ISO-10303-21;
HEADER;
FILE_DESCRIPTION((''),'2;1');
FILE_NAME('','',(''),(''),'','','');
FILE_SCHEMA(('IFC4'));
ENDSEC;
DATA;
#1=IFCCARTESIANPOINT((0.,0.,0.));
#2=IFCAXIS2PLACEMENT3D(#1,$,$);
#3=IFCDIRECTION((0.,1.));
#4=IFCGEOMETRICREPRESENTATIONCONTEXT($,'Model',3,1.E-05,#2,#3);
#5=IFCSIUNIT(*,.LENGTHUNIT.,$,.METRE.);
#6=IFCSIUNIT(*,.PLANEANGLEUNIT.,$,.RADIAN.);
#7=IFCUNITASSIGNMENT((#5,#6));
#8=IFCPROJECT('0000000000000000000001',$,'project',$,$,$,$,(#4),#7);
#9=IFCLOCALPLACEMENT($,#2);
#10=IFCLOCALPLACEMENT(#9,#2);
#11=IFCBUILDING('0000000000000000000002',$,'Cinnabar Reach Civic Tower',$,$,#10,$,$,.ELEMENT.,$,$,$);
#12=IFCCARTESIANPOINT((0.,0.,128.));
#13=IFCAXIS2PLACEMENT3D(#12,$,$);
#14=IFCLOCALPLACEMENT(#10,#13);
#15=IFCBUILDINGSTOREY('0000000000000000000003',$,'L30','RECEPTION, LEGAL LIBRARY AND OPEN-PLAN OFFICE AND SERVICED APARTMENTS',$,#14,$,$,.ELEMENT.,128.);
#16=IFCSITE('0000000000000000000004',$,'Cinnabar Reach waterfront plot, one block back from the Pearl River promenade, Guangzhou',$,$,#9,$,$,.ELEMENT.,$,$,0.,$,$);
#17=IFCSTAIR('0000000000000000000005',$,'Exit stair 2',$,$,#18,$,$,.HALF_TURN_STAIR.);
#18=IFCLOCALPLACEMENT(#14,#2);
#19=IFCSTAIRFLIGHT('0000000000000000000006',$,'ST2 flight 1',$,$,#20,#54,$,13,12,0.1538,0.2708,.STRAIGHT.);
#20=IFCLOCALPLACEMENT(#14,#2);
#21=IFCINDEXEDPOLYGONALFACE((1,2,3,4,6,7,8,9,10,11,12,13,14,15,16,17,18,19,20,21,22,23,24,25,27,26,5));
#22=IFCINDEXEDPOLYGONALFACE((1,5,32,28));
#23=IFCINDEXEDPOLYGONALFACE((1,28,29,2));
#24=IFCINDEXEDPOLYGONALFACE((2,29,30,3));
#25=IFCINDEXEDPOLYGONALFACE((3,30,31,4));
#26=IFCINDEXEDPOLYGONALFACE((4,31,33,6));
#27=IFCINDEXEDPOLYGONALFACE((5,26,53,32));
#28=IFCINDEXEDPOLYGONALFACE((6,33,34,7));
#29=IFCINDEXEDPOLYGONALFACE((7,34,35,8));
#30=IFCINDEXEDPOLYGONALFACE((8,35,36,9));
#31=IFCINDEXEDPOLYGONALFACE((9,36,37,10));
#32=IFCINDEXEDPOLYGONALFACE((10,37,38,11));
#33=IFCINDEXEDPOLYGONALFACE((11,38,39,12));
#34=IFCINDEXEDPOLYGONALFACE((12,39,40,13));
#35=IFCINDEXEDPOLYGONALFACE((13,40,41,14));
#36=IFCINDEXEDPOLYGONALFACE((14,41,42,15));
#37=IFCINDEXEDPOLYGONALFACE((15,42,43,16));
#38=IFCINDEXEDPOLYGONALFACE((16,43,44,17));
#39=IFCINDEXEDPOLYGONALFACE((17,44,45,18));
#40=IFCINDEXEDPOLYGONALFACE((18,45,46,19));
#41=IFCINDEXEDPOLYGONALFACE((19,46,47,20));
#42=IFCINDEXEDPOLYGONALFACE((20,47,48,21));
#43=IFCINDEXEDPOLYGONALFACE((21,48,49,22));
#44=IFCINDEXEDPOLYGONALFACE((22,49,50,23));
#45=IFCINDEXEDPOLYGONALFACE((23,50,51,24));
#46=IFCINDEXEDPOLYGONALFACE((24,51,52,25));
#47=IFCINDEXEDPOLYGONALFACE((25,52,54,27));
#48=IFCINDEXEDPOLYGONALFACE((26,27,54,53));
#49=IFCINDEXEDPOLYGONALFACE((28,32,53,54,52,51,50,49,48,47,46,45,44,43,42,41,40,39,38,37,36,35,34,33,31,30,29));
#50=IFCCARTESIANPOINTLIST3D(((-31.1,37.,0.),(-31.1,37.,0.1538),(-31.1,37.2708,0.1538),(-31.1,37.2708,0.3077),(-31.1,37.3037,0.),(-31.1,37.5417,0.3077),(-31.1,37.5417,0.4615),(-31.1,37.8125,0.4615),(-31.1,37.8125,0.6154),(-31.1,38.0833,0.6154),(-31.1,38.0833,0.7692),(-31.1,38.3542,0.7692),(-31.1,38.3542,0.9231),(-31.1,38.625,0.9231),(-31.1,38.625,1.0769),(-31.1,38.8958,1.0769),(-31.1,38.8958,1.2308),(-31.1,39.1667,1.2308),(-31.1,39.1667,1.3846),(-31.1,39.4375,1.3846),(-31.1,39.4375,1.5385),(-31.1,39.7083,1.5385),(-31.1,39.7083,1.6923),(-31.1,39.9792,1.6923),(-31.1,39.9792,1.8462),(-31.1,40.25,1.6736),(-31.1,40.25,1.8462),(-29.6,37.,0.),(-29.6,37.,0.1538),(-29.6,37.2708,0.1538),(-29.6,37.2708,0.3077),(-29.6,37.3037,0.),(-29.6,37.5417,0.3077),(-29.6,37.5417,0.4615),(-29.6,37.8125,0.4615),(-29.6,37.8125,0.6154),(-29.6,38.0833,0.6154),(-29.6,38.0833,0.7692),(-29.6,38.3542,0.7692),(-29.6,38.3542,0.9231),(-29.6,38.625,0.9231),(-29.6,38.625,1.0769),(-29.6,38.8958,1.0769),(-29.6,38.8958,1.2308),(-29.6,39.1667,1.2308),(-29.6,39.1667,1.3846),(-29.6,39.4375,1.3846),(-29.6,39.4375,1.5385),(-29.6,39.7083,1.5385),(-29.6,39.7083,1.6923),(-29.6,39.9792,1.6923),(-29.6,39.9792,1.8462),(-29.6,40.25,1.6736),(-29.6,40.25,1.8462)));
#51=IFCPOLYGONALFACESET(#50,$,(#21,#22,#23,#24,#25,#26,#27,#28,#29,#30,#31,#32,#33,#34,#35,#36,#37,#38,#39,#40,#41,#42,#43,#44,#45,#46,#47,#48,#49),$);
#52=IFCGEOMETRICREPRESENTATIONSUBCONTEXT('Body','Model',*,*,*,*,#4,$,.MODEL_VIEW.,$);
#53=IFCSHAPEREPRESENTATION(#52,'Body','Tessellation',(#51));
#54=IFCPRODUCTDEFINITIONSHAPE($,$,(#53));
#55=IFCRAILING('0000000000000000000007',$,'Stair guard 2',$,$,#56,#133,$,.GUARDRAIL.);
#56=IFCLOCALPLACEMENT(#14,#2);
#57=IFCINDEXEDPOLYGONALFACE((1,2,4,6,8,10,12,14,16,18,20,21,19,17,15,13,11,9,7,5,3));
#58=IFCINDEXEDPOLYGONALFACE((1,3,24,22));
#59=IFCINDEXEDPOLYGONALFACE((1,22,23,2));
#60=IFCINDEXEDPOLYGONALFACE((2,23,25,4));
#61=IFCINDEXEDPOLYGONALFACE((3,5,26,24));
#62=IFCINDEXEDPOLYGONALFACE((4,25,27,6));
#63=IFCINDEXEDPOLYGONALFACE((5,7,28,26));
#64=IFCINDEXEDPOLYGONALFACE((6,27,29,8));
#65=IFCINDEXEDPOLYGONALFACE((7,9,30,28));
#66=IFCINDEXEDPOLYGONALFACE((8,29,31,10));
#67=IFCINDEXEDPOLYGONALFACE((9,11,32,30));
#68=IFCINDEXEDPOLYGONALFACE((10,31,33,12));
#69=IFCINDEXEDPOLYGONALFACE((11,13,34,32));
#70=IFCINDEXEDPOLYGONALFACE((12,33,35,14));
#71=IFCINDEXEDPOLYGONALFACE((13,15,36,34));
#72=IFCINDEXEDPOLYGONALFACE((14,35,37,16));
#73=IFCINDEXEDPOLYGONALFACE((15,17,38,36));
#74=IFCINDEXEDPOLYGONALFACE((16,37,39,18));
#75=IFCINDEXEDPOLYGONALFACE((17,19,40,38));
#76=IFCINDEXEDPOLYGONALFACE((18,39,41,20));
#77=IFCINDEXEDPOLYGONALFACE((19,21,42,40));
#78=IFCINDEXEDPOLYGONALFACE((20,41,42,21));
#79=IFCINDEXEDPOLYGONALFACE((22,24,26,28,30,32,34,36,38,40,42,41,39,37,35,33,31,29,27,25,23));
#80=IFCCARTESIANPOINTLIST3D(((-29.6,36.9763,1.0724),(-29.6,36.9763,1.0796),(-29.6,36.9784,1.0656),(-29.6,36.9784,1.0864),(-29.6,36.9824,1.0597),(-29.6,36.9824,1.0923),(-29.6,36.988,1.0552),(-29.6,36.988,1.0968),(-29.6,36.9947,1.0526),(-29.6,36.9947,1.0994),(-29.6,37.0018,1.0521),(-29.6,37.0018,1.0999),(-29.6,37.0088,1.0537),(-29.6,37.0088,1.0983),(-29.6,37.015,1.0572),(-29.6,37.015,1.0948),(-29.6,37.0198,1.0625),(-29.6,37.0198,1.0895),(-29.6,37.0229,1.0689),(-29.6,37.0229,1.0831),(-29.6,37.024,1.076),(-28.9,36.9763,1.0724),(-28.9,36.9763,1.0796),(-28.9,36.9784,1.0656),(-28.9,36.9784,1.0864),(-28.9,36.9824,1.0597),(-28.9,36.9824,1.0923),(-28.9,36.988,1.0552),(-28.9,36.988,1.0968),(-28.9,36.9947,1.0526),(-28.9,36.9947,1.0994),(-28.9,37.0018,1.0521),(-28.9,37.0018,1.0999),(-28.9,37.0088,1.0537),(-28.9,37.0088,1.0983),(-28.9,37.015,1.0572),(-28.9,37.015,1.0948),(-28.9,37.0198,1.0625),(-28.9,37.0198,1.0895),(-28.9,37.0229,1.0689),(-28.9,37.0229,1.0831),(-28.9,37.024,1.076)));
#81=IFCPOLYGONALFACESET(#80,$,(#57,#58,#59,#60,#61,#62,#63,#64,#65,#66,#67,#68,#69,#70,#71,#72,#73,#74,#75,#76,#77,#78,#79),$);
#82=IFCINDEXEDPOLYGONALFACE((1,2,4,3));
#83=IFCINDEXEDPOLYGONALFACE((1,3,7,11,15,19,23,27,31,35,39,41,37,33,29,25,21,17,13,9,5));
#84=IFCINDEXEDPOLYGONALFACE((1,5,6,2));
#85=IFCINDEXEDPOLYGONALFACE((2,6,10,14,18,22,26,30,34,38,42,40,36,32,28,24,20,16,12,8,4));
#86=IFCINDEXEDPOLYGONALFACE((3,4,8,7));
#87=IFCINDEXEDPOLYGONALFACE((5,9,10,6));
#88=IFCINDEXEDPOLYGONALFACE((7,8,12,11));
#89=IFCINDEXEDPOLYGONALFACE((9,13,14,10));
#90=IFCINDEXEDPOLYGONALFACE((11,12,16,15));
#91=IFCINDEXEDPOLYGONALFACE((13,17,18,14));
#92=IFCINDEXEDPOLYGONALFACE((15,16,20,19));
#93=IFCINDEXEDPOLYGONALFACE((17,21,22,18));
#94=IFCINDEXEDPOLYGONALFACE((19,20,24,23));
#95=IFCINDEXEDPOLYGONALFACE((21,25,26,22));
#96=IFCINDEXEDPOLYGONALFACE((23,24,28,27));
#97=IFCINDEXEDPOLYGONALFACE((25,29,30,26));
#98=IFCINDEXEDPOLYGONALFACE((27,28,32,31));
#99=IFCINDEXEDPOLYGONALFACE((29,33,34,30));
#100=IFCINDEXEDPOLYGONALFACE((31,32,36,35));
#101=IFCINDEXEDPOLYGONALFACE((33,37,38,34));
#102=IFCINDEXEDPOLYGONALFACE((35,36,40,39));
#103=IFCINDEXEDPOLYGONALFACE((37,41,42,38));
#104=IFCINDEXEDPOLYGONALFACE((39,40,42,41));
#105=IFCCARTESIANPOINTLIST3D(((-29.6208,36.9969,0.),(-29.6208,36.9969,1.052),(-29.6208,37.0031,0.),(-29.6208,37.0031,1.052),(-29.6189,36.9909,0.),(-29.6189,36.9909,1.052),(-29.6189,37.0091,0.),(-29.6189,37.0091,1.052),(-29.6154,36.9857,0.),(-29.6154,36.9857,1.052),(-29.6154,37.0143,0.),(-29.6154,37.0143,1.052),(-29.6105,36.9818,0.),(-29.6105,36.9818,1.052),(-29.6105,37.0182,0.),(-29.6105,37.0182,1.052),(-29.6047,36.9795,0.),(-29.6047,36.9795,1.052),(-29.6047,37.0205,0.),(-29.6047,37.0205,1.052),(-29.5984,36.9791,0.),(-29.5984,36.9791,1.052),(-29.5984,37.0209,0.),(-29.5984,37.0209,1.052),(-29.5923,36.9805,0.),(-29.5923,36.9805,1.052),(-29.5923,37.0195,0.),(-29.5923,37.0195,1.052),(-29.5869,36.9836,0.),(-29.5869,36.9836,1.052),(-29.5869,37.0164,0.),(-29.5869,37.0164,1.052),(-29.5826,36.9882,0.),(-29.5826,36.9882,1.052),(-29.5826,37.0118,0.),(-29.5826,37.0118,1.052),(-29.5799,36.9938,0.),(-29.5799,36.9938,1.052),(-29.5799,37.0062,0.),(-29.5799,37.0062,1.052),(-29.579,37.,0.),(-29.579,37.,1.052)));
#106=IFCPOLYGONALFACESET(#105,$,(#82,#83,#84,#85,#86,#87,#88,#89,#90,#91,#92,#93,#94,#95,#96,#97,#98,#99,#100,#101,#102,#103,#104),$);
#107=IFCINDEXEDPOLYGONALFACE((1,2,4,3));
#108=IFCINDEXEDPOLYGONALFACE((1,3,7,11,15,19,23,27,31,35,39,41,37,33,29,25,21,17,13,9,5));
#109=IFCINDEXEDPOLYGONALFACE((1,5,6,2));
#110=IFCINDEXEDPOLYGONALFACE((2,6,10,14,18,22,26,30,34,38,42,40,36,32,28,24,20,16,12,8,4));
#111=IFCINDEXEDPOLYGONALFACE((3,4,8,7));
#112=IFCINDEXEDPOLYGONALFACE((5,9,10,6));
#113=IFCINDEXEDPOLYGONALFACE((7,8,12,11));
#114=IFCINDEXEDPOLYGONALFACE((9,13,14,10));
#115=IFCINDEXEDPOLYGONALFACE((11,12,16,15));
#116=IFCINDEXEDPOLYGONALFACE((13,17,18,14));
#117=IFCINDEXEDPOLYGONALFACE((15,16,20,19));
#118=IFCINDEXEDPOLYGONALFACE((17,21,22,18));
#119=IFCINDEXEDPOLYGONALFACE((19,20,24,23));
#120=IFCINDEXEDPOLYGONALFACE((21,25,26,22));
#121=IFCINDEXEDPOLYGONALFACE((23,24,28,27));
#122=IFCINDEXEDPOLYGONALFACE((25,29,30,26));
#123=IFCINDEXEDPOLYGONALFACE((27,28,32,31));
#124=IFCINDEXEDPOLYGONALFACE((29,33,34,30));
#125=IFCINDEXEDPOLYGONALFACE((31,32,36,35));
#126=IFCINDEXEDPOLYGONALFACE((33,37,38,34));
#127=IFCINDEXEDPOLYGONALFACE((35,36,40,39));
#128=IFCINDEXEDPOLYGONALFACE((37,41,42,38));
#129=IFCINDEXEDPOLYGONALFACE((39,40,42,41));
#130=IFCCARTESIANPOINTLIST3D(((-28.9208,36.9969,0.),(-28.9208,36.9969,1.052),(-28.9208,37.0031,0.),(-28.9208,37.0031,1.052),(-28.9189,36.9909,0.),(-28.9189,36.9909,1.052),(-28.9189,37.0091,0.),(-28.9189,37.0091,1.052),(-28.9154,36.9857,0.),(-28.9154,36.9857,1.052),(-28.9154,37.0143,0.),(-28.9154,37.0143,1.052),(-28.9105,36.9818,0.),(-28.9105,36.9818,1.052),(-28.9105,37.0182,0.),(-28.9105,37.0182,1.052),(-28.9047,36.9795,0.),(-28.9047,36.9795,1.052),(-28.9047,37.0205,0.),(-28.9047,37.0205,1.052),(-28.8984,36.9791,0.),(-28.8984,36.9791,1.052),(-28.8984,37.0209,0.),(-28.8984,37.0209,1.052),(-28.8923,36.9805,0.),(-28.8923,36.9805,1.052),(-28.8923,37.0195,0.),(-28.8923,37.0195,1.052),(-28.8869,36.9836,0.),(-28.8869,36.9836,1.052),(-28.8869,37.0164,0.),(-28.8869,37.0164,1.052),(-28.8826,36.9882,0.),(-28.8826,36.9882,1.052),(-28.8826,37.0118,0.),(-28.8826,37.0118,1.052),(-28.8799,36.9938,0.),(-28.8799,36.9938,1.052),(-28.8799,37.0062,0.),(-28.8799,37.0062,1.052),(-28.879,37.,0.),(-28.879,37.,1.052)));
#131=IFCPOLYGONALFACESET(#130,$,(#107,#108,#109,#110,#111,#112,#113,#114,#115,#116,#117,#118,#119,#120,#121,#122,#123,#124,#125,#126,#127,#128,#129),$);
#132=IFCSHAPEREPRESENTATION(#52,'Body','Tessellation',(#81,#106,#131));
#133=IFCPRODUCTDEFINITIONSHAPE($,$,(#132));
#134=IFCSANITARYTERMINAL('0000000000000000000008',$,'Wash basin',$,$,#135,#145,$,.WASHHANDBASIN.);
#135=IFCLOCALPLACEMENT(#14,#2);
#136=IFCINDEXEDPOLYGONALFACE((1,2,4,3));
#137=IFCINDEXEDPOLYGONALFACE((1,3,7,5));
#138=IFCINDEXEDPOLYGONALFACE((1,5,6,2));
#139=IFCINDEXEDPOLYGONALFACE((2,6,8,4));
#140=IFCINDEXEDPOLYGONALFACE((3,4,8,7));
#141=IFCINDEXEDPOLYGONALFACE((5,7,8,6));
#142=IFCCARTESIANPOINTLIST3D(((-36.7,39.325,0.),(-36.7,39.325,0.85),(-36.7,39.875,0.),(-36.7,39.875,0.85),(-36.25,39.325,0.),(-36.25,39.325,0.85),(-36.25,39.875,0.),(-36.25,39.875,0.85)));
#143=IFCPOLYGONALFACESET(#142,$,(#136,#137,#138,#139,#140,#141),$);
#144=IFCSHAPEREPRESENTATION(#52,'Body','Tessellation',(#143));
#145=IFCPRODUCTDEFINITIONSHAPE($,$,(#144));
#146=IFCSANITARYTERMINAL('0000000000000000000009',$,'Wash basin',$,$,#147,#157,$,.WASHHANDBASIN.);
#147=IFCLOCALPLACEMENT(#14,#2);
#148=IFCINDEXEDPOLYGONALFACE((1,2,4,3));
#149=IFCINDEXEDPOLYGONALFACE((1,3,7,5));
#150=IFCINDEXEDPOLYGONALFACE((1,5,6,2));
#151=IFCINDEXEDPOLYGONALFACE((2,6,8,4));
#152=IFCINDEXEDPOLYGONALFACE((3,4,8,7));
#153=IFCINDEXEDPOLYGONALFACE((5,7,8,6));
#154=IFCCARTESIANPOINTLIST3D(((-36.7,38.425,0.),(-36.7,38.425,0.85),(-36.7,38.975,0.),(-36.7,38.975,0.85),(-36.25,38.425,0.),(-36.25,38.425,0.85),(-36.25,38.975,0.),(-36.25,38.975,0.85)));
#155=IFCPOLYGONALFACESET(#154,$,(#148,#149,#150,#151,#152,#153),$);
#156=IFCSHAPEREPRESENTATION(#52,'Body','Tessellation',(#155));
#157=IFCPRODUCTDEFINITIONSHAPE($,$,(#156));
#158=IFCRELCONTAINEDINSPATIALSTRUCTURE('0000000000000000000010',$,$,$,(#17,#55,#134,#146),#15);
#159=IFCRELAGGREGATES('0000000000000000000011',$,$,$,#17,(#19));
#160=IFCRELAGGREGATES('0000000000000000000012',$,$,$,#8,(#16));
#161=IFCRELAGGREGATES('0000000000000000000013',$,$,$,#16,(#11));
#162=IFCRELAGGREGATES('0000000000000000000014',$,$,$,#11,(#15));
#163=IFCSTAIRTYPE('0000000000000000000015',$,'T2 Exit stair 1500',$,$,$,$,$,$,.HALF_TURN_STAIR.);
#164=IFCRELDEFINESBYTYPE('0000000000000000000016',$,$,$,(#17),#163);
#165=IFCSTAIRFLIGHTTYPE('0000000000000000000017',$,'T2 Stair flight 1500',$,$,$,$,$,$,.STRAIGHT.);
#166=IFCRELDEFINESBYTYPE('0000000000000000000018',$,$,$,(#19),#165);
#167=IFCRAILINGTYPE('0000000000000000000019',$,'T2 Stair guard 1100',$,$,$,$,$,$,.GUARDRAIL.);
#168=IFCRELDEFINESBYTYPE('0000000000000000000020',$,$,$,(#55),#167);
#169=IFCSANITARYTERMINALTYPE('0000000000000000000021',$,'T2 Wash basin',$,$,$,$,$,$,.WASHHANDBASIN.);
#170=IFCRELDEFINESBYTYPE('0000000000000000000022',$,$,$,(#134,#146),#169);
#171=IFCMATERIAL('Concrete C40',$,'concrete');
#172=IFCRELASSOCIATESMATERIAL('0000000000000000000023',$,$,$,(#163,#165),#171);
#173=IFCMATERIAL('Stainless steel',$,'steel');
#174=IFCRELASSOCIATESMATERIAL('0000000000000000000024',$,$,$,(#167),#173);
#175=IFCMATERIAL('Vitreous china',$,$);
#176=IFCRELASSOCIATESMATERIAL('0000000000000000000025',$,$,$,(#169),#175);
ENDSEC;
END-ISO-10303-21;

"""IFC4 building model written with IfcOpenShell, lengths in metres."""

from ifc_helpers import new_model, si_unit, direction, frame, origin, origin_2d, place, context, subcontext, project, spatial, polyline, rectangle, circle, outline, extrude, material, type_object, element, aggregate, save


model = new_model("IFC4")

# Units and contexts
model_context = context("Model", 3, precision=1e-05, world=origin(), true_north=direction((0.0, 1.0)))
body_context = subcontext(model_context, "Body", "Model", "MODEL_VIEW")
ifc_project = project(units=[si_unit("LENGTHUNIT", "METRE"), si_unit("PLANEANGLEUNIT", "RADIAN")], contexts=[model_context])

# Site, building, storey
site_placement = place(None, origin())
site = spatial("IfcSite", under=ifc_project, at=site_placement, Name="Cinnabar Reach waterfront plot, one block back from the Pearl River promenade, Guangzhou", CompositionType="ELEMENT", RefElevation=0.0)
building_placement = place(site_placement, origin())
building = spatial("IfcBuilding", under=site, at=building_placement, Name="Cinnabar Reach Civic Tower", CompositionType="ELEMENT")
storey_placement = place(building_placement, frame((0.0, 0.0, 128.0)))
storey = spatial("IfcBuildingStorey", under=building, at=storey_placement, Name="L30", Description="RECEPTION, LEGAL LIBRARY AND OPEN-PLAN OFFICE AND SERVICED APARTMENTS", CompositionType="ELEMENT", Elevation=128.0)

# Shared definitions
ifc_material_1 = material(Name="Concrete C40", Category="concrete")

# Stair, stair flight
stair_type = type_object("IfcStairType", Name="T2 Exit stair 1500", PredefinedType="HALF_TURN_STAIR", material=ifc_material_1)
stair_placement = place(storey_placement, origin())
stair = element("IfcStair", 1, at=stair_placement, inside=storey, type_object=stair_type, Name="Exit stair 2", PredefinedType="HALF_TURN_STAIR")
stair_flight_type = type_object("IfcStairFlightType", Name="T2 Stair flight 1500", PredefinedType="STRAIGHT", material=ifc_material_1)
stair_flight_placement = place(storey_placement, frame((-30.35, 37.0, 0.0), z_axis=(0.0, 0.0, 1.0), x_axis=(0.0, 1.0, 0.0)))
stair_flight = element("IfcStairFlight", 2, at=stair_flight_placement, type_object=stair_flight_type, Name="ST2 flight 1", NumberOfRisers=13, NumberOfTreads=12, PredefinedType="STRAIGHT", RiserHeight=0.1538, TreadLength=0.2708, context=body_context, shape_type="SweptSolid", body=[
    extrude(outline(polyline([(0.0, 0.0), (0.0, 0.1538), (0.2708, 0.1538), (0.2708, 0.3077), (0.5417, 0.3077), (0.5417, 0.4615), (0.8125, 0.4615), (0.8125, 0.6154), (1.0833, 0.6154), (1.0833, 0.7692), (1.3542, 0.7692), (1.3542, 0.9231), (1.625, 0.9231), (1.625, 1.0769), (1.8958, 1.0769), (1.8958, 1.2308), (2.1667, 1.2308), (2.1667, 1.3846), (2.4375, 1.3846), (2.4375, 1.5385), (2.7083, 1.5385), (2.7083, 1.6923), (2.9792, 1.6923), (2.9792, 1.8462), (3.25, 1.8462), (3.25, 2.0), (3.25, 1.6736), (0.3037, 0.0), (0.0, 0.0)])), frame((0.0, 0.75, 0.0), z_axis=(0.0, -1.0, 0.0), x_axis=(1.0, 0.0, 0.0)), (0.0, 0.0, 1.0), 1.5),
])
aggregate(stair, [stair_flight])

# Railing
ifc_material_2 = material(Name="Stainless steel", Category="steel")
railing_type = type_object("IfcRailingType", Name="T2 Stair guard 1100", PredefinedType="GUARDRAIL", material=ifc_material_2)
railing_placement = place(storey_placement, frame((-29.6, 37.0, 0.0)))
element("IfcRailing", 3, at=railing_placement, inside=storey, type_object=railing_type, Name="Stair guard 2", PredefinedType="GUARDRAIL", context=body_context, shape_type="SweptSolid", body=[
    extrude(circle(Radius=0.024, at=origin_2d()), frame((0.0, 0.0, 1.076), z_axis=(1.0, 0.0, 0.0), x_axis=(0.0, 1.0, 0.0)), (0.0, 0.0, 1.0), 0.7),
    extrude(circle(Radius=0.021, at=origin_2d()), origin(), (0.0, 0.0, 1.0), 1.052),
    extrude(circle(Radius=0.021, at=origin_2d()), frame((0.7, 0.0, 0.0)), (0.0, 0.0, 1.0), 1.052),
])

# Sanitary terminals
ifc_material_3 = material(Name="Vitreous china")
sanitary_terminal_type = type_object("IfcSanitaryTerminalType", Name="T2 Wash basin", PredefinedType="WASHHANDBASIN", material=ifc_material_3)
for number, where, z_axis, x_axis, name in (
    (4, (-36.475, 39.6, 0.0), (0.0, 0.0, 1.0), (1.0, 0.0, 0.0), "Wash basin"),
    (5, (-36.475, 38.7, 0.0), (0.0, 0.0, 1.0), (1.0, 0.0, 0.0), "Wash basin"),
):
    element("IfcSanitaryTerminal", number, at=place(storey_placement, frame(where, z_axis=z_axis, x_axis=x_axis)), inside=storey, type_object=sanitary_terminal_type, Name=name, PredefinedType="WASHHANDBASIN", context=body_context, shape_type="SweptSolid", body=[
        extrude(rectangle(XDim=0.45, YDim=0.55, at=origin_2d()), origin(), (0.0, 0.0, 1.0), 0.85),
    ])

save(model, "model.ifc")
